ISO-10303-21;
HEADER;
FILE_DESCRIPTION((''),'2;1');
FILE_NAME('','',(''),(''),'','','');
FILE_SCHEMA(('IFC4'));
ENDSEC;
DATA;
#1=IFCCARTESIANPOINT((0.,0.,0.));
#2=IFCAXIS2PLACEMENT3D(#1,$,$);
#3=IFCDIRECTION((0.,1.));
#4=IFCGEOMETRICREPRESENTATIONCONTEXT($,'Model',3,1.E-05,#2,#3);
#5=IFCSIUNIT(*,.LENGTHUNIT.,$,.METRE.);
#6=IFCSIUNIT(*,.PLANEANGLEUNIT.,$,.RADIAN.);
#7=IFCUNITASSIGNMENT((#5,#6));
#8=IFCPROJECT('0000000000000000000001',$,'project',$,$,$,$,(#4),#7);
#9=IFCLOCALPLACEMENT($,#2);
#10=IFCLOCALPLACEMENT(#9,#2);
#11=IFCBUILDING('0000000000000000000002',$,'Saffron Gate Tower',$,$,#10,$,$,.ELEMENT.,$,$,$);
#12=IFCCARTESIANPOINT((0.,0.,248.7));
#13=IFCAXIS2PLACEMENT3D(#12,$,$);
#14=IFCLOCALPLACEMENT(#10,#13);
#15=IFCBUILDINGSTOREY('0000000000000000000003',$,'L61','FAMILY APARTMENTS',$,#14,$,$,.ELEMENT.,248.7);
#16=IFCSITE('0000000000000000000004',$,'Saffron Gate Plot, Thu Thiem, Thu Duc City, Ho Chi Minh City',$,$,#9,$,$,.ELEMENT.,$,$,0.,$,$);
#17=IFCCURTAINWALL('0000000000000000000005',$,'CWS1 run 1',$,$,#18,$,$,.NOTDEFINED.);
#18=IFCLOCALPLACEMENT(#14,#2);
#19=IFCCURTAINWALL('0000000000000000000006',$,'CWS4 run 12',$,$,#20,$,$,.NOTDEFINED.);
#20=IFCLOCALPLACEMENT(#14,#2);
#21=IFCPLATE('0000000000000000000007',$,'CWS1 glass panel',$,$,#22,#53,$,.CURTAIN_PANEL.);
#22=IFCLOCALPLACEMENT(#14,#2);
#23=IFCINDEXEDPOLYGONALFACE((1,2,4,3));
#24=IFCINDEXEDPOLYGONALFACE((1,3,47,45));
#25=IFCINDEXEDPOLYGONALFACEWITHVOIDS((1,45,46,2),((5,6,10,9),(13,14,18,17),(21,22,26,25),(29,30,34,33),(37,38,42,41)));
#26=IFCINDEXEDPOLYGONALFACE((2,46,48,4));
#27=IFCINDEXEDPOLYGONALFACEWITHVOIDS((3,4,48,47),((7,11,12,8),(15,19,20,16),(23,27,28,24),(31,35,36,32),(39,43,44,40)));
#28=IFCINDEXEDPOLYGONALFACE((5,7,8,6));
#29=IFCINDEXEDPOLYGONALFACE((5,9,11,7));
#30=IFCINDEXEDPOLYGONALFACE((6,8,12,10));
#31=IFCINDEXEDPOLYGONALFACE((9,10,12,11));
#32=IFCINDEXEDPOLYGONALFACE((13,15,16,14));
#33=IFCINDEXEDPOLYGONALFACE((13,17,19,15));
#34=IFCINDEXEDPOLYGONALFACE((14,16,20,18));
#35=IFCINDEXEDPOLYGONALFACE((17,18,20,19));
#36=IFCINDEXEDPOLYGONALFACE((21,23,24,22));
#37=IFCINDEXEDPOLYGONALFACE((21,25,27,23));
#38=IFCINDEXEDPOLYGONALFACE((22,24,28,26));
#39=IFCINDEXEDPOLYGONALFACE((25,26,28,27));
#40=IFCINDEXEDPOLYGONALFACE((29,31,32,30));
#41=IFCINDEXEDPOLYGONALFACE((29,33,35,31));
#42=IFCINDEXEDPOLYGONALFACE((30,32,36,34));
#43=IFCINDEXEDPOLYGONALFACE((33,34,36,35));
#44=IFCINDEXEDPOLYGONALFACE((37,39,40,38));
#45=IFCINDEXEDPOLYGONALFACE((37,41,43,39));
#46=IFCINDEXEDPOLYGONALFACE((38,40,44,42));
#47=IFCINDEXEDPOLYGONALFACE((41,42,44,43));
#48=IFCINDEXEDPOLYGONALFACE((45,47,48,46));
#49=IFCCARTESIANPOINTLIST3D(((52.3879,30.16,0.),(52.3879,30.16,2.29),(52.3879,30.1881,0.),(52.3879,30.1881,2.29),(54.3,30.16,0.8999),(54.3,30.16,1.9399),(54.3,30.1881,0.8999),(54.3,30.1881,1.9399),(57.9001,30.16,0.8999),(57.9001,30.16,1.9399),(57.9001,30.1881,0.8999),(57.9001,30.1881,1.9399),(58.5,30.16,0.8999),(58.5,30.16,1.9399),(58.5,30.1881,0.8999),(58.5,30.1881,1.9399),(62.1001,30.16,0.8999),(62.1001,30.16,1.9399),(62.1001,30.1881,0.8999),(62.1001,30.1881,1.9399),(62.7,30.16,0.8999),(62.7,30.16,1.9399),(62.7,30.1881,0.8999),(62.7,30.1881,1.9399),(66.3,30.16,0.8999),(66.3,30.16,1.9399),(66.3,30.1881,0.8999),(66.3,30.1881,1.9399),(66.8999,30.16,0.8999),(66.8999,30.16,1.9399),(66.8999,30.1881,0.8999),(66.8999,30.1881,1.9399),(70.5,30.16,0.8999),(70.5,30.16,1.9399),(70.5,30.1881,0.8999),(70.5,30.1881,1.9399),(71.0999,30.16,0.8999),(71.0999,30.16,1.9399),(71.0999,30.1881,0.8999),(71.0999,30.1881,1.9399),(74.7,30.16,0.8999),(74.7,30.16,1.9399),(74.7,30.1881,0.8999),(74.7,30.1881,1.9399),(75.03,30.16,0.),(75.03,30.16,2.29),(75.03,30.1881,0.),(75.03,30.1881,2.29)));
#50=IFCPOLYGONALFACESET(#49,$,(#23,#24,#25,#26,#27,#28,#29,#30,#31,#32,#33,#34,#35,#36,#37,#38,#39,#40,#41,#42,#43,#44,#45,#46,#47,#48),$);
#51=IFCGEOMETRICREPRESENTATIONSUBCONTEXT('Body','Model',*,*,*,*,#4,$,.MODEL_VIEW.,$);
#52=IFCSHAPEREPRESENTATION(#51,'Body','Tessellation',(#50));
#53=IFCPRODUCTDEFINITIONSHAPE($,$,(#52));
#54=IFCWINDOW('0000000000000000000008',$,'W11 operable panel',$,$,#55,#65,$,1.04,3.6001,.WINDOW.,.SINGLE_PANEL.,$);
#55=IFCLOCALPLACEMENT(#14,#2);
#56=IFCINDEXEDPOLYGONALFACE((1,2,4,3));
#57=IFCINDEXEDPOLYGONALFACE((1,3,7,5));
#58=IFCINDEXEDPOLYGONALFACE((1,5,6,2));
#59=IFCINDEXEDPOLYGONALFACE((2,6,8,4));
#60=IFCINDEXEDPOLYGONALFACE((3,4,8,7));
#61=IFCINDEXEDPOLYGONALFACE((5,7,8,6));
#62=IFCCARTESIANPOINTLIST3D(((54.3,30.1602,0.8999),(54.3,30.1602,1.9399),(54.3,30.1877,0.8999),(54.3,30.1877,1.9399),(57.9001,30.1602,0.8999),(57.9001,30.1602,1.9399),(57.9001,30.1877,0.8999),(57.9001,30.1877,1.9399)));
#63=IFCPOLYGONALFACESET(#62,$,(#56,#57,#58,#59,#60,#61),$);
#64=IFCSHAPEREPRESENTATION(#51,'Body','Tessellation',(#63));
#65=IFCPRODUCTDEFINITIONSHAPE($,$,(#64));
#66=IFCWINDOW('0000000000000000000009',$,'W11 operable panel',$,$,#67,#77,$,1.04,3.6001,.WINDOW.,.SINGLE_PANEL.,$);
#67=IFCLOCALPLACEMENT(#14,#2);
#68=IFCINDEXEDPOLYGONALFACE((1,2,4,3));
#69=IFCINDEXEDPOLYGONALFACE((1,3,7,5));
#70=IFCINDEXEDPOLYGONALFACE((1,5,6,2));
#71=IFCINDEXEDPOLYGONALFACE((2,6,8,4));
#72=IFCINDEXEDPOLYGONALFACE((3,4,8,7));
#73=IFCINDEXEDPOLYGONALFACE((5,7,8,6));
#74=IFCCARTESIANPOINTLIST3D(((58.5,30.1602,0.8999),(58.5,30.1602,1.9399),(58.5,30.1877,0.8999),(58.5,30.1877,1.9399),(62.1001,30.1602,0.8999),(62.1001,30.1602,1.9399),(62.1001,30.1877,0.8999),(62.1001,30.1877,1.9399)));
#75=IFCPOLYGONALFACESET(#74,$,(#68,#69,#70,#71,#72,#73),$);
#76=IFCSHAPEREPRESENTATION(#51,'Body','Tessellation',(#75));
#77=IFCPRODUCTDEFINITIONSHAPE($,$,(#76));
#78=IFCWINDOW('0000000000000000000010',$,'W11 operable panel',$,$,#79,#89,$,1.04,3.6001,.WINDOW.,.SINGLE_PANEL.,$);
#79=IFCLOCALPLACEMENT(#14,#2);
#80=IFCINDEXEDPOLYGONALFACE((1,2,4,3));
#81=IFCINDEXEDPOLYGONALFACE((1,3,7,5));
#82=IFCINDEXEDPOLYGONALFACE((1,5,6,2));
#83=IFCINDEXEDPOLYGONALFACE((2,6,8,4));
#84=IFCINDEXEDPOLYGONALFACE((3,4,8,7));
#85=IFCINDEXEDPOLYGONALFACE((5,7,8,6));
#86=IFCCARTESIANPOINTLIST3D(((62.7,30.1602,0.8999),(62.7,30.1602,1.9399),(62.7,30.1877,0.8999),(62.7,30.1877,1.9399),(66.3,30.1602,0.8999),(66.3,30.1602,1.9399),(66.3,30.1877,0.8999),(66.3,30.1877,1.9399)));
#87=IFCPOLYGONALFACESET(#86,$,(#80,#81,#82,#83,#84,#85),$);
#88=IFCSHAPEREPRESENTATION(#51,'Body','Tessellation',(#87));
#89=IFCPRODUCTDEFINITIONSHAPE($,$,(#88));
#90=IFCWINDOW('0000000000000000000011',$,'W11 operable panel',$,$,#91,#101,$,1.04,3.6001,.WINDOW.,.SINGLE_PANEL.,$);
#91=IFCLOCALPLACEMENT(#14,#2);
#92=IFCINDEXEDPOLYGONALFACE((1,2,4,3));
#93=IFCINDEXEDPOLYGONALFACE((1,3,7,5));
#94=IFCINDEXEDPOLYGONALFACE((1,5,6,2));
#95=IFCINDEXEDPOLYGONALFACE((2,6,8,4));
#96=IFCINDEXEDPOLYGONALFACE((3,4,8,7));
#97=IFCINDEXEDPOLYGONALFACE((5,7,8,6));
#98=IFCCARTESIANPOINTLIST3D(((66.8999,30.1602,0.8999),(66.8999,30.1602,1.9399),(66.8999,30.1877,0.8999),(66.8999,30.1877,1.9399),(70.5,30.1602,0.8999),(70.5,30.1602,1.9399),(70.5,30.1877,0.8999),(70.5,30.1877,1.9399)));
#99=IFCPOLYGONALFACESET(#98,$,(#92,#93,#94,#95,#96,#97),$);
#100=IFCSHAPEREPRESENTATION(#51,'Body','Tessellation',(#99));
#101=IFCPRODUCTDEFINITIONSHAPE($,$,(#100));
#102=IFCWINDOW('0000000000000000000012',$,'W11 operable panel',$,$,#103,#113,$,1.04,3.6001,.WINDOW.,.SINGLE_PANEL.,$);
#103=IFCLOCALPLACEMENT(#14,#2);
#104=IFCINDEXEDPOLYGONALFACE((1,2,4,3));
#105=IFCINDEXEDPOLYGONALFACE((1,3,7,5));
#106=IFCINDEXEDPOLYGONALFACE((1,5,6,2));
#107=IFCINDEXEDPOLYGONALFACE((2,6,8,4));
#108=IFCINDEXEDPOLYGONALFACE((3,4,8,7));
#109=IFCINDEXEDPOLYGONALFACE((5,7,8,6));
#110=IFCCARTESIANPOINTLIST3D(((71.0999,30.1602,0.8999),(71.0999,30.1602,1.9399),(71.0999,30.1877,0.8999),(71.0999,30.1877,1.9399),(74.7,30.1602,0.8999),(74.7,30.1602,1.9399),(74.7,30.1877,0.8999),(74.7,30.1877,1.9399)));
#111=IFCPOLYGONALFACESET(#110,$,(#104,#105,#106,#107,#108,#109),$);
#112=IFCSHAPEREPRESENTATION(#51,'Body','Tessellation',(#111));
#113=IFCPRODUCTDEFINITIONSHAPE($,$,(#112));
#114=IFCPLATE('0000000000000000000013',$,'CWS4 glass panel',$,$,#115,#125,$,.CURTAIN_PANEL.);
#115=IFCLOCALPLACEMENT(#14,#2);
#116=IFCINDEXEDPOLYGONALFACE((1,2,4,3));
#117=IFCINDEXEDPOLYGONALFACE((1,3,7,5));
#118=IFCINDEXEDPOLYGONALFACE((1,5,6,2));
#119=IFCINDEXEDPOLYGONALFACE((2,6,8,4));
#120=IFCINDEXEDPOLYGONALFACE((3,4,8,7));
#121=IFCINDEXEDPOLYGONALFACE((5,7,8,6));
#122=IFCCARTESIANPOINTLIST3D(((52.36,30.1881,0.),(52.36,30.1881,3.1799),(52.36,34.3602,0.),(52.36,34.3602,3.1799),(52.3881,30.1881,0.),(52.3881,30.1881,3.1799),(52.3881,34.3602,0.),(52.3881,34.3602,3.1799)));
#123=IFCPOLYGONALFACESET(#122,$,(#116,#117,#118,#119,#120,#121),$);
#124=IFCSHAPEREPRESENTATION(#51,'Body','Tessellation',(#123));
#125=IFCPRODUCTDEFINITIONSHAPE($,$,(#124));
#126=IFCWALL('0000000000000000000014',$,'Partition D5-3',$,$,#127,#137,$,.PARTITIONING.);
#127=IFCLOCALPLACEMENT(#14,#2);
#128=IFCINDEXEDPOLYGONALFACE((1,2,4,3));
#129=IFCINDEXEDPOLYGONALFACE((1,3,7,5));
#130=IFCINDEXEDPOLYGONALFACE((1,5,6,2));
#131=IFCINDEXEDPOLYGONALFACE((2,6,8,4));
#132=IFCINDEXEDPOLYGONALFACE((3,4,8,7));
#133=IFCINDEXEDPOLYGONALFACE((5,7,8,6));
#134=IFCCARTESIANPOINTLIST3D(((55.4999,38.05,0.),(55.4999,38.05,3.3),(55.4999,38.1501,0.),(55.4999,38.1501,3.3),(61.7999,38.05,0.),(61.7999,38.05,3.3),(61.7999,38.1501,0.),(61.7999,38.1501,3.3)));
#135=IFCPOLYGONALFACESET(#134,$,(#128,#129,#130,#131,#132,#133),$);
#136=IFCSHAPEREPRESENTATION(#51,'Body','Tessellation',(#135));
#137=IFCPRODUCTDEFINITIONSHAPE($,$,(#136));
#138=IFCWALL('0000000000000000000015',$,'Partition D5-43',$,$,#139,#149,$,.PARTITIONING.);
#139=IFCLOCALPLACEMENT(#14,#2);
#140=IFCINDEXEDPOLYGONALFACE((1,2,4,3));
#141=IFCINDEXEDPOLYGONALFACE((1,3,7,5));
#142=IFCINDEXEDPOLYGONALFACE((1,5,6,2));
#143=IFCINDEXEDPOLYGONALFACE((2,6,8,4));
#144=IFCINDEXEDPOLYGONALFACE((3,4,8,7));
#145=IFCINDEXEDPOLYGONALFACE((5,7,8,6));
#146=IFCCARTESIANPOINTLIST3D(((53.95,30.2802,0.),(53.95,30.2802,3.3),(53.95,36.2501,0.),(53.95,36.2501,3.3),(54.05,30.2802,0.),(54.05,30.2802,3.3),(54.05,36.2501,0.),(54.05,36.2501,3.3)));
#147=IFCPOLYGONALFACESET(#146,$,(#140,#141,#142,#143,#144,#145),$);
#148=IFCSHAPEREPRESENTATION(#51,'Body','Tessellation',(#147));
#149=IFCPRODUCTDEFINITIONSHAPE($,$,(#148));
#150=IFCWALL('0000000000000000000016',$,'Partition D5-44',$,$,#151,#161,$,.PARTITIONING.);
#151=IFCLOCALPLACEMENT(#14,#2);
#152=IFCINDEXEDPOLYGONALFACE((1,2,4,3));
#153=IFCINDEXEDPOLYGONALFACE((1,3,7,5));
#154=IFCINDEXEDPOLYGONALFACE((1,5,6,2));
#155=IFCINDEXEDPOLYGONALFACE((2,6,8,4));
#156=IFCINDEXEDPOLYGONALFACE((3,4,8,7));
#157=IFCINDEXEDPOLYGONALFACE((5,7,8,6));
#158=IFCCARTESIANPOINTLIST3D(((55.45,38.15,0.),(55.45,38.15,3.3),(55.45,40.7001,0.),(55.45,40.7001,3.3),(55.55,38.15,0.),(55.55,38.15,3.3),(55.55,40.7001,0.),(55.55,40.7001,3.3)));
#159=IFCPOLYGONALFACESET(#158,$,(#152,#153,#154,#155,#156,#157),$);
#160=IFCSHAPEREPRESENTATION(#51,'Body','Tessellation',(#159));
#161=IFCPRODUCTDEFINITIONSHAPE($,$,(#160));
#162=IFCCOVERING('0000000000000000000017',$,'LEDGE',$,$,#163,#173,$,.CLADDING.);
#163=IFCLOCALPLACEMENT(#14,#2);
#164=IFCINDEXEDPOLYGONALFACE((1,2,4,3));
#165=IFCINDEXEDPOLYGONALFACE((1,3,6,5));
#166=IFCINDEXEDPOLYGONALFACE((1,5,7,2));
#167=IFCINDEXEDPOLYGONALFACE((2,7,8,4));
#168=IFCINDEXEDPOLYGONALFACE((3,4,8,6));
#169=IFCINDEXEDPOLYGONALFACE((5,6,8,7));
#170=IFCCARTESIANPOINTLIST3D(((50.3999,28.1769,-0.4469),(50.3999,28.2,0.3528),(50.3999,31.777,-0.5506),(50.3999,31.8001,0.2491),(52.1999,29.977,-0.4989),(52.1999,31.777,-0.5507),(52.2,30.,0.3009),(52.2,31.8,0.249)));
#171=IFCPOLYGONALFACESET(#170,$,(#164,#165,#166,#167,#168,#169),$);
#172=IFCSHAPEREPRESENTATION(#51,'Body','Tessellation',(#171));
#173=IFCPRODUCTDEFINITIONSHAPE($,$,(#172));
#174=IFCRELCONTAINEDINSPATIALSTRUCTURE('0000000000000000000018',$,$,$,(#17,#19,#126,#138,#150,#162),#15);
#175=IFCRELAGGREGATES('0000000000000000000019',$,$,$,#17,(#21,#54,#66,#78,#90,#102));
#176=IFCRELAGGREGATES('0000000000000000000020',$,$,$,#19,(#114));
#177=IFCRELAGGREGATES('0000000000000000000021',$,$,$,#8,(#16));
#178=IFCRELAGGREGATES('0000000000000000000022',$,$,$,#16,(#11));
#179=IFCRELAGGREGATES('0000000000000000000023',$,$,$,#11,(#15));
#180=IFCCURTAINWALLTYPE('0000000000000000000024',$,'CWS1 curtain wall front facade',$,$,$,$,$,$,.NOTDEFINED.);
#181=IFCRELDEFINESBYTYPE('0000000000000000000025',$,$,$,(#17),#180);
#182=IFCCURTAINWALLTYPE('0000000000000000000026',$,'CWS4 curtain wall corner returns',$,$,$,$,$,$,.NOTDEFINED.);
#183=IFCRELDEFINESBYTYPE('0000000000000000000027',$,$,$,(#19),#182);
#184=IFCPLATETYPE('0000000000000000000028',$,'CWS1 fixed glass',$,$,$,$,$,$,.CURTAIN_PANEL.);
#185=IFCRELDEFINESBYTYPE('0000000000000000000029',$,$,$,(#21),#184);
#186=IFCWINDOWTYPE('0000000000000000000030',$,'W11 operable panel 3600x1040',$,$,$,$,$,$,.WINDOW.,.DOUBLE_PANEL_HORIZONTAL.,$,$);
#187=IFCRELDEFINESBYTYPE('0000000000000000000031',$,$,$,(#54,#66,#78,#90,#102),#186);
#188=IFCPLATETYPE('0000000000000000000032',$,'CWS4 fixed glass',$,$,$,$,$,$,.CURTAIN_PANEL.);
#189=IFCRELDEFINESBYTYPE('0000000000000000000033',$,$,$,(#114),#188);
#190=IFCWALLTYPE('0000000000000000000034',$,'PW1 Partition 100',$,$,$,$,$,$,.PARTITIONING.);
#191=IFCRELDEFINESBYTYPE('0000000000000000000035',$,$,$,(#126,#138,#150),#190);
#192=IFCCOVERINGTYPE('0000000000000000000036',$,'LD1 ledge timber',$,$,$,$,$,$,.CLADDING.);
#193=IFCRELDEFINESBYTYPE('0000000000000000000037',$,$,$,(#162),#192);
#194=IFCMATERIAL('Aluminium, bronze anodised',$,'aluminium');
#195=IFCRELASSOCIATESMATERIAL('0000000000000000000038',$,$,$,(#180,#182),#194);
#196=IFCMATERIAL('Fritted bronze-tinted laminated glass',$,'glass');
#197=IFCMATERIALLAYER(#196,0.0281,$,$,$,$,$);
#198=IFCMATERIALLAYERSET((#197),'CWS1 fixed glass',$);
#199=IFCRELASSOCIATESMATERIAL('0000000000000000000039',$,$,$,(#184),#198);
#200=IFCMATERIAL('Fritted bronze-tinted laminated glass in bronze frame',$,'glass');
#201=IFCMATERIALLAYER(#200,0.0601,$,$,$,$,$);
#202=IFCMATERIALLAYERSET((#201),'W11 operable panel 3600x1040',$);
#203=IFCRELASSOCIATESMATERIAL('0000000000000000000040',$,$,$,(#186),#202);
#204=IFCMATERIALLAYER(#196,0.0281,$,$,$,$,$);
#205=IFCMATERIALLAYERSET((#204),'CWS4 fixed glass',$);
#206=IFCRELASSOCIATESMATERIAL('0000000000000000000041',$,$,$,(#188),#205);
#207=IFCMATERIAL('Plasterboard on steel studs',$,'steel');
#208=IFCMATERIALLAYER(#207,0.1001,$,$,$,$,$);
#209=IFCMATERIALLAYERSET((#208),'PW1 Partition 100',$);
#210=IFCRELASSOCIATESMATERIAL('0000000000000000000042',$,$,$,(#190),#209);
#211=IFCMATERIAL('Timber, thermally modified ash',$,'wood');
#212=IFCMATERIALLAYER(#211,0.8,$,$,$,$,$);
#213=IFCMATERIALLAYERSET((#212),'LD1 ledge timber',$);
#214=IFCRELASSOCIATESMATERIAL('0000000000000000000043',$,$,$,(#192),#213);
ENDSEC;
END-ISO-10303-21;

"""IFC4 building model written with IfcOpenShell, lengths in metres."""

from ifc_helpers import new_model, si_unit, direction, frame, frame_2d, origin, place, context, subcontext, project, spatial, polyline, rectangle, outline, extrude, material, layer, layer_set, type_object, element, fill, aggregate, save


model = new_model("IFC4")

# Units and contexts
model_context = context("Model", 3, precision=1e-05, world=origin(), true_north=direction((0.0, 1.0)))
body_context = subcontext(model_context, "Body", "Model", "MODEL_VIEW")
ifc_project = project(units=[si_unit("LENGTHUNIT", "METRE"), si_unit("PLANEANGLEUNIT", "RADIAN")], contexts=[model_context])

# Site, building, storey
site_placement = place(None, origin())
site = spatial("IfcSite", under=ifc_project, at=site_placement, Name="Saffron Gate Plot, Thu Thiem, Thu Duc City, Ho Chi Minh City", CompositionType="ELEMENT", RefElevation=0.0)
building_placement = place(site_placement, origin())
building = spatial("IfcBuilding", under=site, at=building_placement, Name="Saffron Gate Tower", CompositionType="ELEMENT")
storey_placement = place(building_placement, frame((0.0, 0.0, 248.7)))
storey = spatial("IfcBuildingStorey", under=building, at=storey_placement, Name="L61", Description="FAMILY APARTMENTS", CompositionType="ELEMENT", Elevation=248.7)

# Curtain walls
ifc_material_1 = material(Name="Aluminium, bronze anodised", Category="aluminium")
curtain_wall_type_1 = type_object("IfcCurtainWallType", Name="CWS1 curtain wall front facade", PredefinedType="NOTDEFINED", material=ifc_material_1)
curtain_wall_1_placement = place(storey_placement, origin())
curtain_wall_1 = element("IfcCurtainWall", 1, at=curtain_wall_1_placement, inside=storey, type_object=curtain_wall_type_1, Name="CWS1 run 1", PredefinedType="NOTDEFINED")
curtain_wall_type_2 = type_object("IfcCurtainWallType", Name="CWS4 curtain wall corner returns", PredefinedType="NOTDEFINED", material=ifc_material_1)
curtain_wall_2_placement = place(storey_placement, origin())
curtain_wall_2 = element("IfcCurtainWall", 2, at=curtain_wall_2_placement, inside=storey, type_object=curtain_wall_type_2, Name="CWS4 run 12", PredefinedType="NOTDEFINED")

# Plate, openings, windows
ifc_material_2 = material(Name="Fritted bronze-tinted laminated glass", Category="glass")
ifc_layer_1 = layer(ifc_material_2, 0.0281)
ifc_layer_set_1 = layer_set([ifc_layer_1], Name="CWS1 fixed glass")
plate_type_1 = type_object("IfcPlateType", Name="CWS1 fixed glass", PredefinedType="CURTAIN_PANEL", material=ifc_layer_set_1)
plate_1_placement = place(storey_placement, frame((52.3879, 30.1741, 0.0), z_axis=(0.0, 0.0, 1.0), x_axis=(1.0, 0.0, 0.0)))
plate_1 = element("IfcPlate", 3, at=plate_1_placement, type_object=plate_type_1, Name="CWS1 glass panel", PredefinedType="CURTAIN_PANEL", context=body_context, shape_type="SweptSolid", body=[
    extrude(rectangle(XDim=22.6421, YDim=0.0281, at=frame_2d((11.321, 0.0))), origin(), (0.0, 0.0, 1.0), 2.29),
])
opening_1_placement = place(plate_1_placement, frame((1.9121, 0.0, 0.8999)))
opening_1 = element("IfcOpeningElement", 4, at=opening_1_placement, cuts=plate_1, PredefinedType="OPENING", context=body_context, shape_type="SweptSolid", body=[
    extrude(rectangle(XDim=3.6001, YDim=1.04, at=frame_2d((1.8, 0.52))), frame((0.0, 0.0239, 0.0), z_axis=(0.0, -1.0, 0.0), x_axis=(1.0, 0.0, 0.0)), (0.0, 0.0, 1.0), 0.0481),
])
opening_2_placement = place(plate_1_placement, frame((6.1121, 0.0, 0.8999)))
opening_2 = element("IfcOpeningElement", 5, at=opening_2_placement, cuts=plate_1, PredefinedType="OPENING", context=body_context, shape_type="SweptSolid", body=[
    extrude(rectangle(XDim=3.6001, YDim=1.04, at=frame_2d((1.8, 0.52))), frame((0.0, 0.0239, 0.0), z_axis=(0.0, -1.0, 0.0), x_axis=(1.0, 0.0, 0.0)), (0.0, 0.0, 1.0), 0.0481),
])
opening_3_placement = place(plate_1_placement, frame((10.312, 0.0, 0.8999)))
opening_3 = element("IfcOpeningElement", 6, at=opening_3_placement, cuts=plate_1, PredefinedType="OPENING", context=body_context, shape_type="SweptSolid", body=[
    extrude(rectangle(XDim=3.6001, YDim=1.04, at=frame_2d((1.8, 0.52))), frame((0.0, 0.0239, 0.0), z_axis=(0.0, -1.0, 0.0), x_axis=(1.0, 0.0, 0.0)), (0.0, 0.0, 1.0), 0.0481),
])
opening_4_placement = place(plate_1_placement, frame((14.512, 0.0, 0.8999)))
opening_4 = element("IfcOpeningElement", 7, at=opening_4_placement, cuts=plate_1, PredefinedType="OPENING", context=body_context, shape_type="SweptSolid", body=[
    extrude(rectangle(XDim=3.6001, YDim=1.04, at=frame_2d((1.8, 0.52))), frame((0.0, 0.0239, 0.0), z_axis=(0.0, -1.0, 0.0), x_axis=(1.0, 0.0, 0.0)), (0.0, 0.0, 1.0), 0.0481),
])
opening_5_placement = place(plate_1_placement, frame((18.7119, 0.0, 0.8999)))
opening_5 = element("IfcOpeningElement", 8, at=opening_5_placement, cuts=plate_1, PredefinedType="OPENING", context=body_context, shape_type="SweptSolid", body=[
    extrude(rectangle(XDim=3.6001, YDim=1.04, at=frame_2d((1.8, 0.52))), frame((0.0, 0.0239, 0.0), z_axis=(0.0, -1.0, 0.0), x_axis=(1.0, 0.0, 0.0)), (0.0, 0.0, 1.0), 0.0481),
])
ifc_material_3 = material(Name="Fritted bronze-tinted laminated glass in bronze frame", Category="glass")
ifc_layer_2 = layer(ifc_material_3, 0.0601)
ifc_layer_set_2 = layer_set([ifc_layer_2], Name="W11 operable panel 3600x1040")
window_type = type_object("IfcWindowType", Name="W11 operable panel 3600x1040", PartitioningType="DOUBLE_PANEL_HORIZONTAL", PredefinedType="WINDOW", material=ifc_layer_set_2)
window_1_placement = place(opening_1_placement, origin())
window_1 = element("IfcWindow", 9, at=window_1_placement, type_object=window_type, Name="W11 operable panel", OverallHeight=1.04, OverallWidth=3.6001, PartitioningType="SINGLE_PANEL", PredefinedType="WINDOW", context=body_context, shape_type="SweptSolid", body=[
    extrude(rectangle(XDim=3.6001, YDim=1.04, at=frame_2d((1.8, 0.52))), frame((0.0, 0.0137, 0.0), z_axis=(0.0, -1.0, 0.0), x_axis=(1.0, 0.0, 0.0)), (0.0, 0.0, 1.0), 0.0276),
])
fill(opening_1, window_1)
window_2_placement = place(opening_2_placement, origin())
window_2 = element("IfcWindow", 10, at=window_2_placement, type_object=window_type, Name="W11 operable panel", OverallHeight=1.04, OverallWidth=3.6001, PartitioningType="SINGLE_PANEL", PredefinedType="WINDOW", context=body_context, shape_type="SweptSolid", body=[
    extrude(rectangle(XDim=3.6001, YDim=1.04, at=frame_2d((1.8, 0.52))), frame((0.0, 0.0137, 0.0), z_axis=(0.0, -1.0, 0.0), x_axis=(1.0, 0.0, 0.0)), (0.0, 0.0, 1.0), 0.0276),
])
fill(opening_2, window_2)
window_3_placement = place(opening_3_placement, origin())
window_3 = element("IfcWindow", 11, at=window_3_placement, type_object=window_type, Name="W11 operable panel", OverallHeight=1.04, OverallWidth=3.6001, PartitioningType="SINGLE_PANEL", PredefinedType="WINDOW", context=body_context, shape_type="SweptSolid", body=[
    extrude(rectangle(XDim=3.6001, YDim=1.04, at=frame_2d((1.8, 0.52))), frame((0.0, 0.0137, 0.0), z_axis=(0.0, -1.0, 0.0), x_axis=(1.0, 0.0, 0.0)), (0.0, 0.0, 1.0), 0.0276),
])
fill(opening_3, window_3)
window_4_placement = place(opening_4_placement, origin())
window_4 = element("IfcWindow", 12, at=window_4_placement, type_object=window_type, Name="W11 operable panel", OverallHeight=1.04, OverallWidth=3.6001, PartitioningType="SINGLE_PANEL", PredefinedType="WINDOW", context=body_context, shape_type="SweptSolid", body=[
    extrude(rectangle(XDim=3.6001, YDim=1.04, at=frame_2d((1.8, 0.52))), frame((0.0, 0.0137, 0.0), z_axis=(0.0, -1.0, 0.0), x_axis=(1.0, 0.0, 0.0)), (0.0, 0.0, 1.0), 0.0276),
])
fill(opening_4, window_4)
window_5_placement = place(opening_5_placement, origin())
window_5 = element("IfcWindow", 13, at=window_5_placement, type_object=window_type, Name="W11 operable panel", OverallHeight=1.04, OverallWidth=3.6001, PartitioningType="SINGLE_PANEL", PredefinedType="WINDOW", context=body_context, shape_type="SweptSolid", body=[
    extrude(rectangle(XDim=3.6001, YDim=1.04, at=frame_2d((1.8, 0.52))), frame((0.0, 0.0137, 0.0), z_axis=(0.0, -1.0, 0.0), x_axis=(1.0, 0.0, 0.0)), (0.0, 0.0, 1.0), 0.0276),
])
fill(opening_5, window_5)
aggregate(curtain_wall_1, [plate_1, window_1, window_2, window_3, window_4, window_5])

# Plate
ifc_layer_3 = layer(ifc_material_2, 0.0281)
ifc_layer_set_3 = layer_set([ifc_layer_3], Name="CWS4 fixed glass")
plate_type_2 = type_object("IfcPlateType", Name="CWS4 fixed glass", PredefinedType="CURTAIN_PANEL", material=ifc_layer_set_3)
plate_2_placement = place(storey_placement, frame((52.374, 34.3601, 0.0), z_axis=(0.0, 0.0, 1.0), x_axis=(0.0, -1.0, 0.0)))
plate_2 = element("IfcPlate", 14, at=plate_2_placement, type_object=plate_type_2, Name="CWS4 glass panel", PredefinedType="CURTAIN_PANEL", context=body_context, shape_type="SweptSolid", body=[
    extrude(rectangle(XDim=4.1721, YDim=0.0281, at=frame_2d((2.0859, 0.0))), origin(), (0.0, 0.0, 1.0), 3.1799),
])
aggregate(curtain_wall_2, [plate_2])

# Walls
ifc_material_4 = material(Name="Plasterboard on steel studs", Category="steel")
ifc_layer_4 = layer(ifc_material_4, 0.1001)
ifc_layer_set_4 = layer_set([ifc_layer_4], Name="PW1 Partition 100")
wall_type = type_object("IfcWallType", Name="PW1 Partition 100", PredefinedType="PARTITIONING", material=ifc_layer_set_4)
wall_1_placement = place(storey_placement, frame((55.5, 38.1001, 0.0), z_axis=(0.0, 0.0, 1.0), x_axis=(1.0, 0.0, 0.0)))
element("IfcWall", 15, at=wall_1_placement, inside=storey, type_object=wall_type, Name="Partition D5-3", PredefinedType="PARTITIONING", context=body_context, shape_type="SweptSolid", body=[
    extrude(rectangle(XDim=6.3, YDim=0.1001, at=frame_2d((3.1499, 0.0))), origin(), (0.0, 0.0, 1.0), 3.3),
])
wall_2_placement = place(storey_placement, frame((54.0, 36.25, 0.0), z_axis=(0.0, 0.0, 1.0), x_axis=(0.0, -1.0, 0.0)))
element("IfcWall", 16, at=wall_2_placement, inside=storey, type_object=wall_type, Name="Partition D5-43", PredefinedType="PARTITIONING", context=body_context, shape_type="SweptSolid", body=[
    extrude(rectangle(XDim=5.97, YDim=0.1001, at=frame_2d((2.9849, 0.0))), origin(), (0.0, 0.0, 1.0), 3.3),
])
wall_3_placement = place(storey_placement, frame((55.5, 40.7, 0.0), z_axis=(0.0, 0.0, 1.0), x_axis=(0.0, -1.0, 0.0)))
element("IfcWall", 17, at=wall_3_placement, inside=storey, type_object=wall_type, Name="Partition D5-44", PredefinedType="PARTITIONING", context=body_context, shape_type="SweptSolid", body=[
    extrude(rectangle(XDim=2.55, YDim=0.1001, at=frame_2d((1.2749, 0.0))), origin(), (0.0, 0.0, 1.0), 3.3),
])

# Covering
ifc_material_5 = material(Name="Timber, thermally modified ash", Category="wood")
ifc_layer_5 = layer(ifc_material_5, 0.8)
ifc_layer_set_5 = layer_set([ifc_layer_5], Name="LD1 ledge timber")
covering_type_1 = type_object("IfcCoveringType", Name="LD1 ledge timber", PredefinedType="CLADDING", material=ifc_layer_set_5)
covering_1_placement = place(storey_placement, frame((52.2, 31.8, 0.249), z_axis=(0.000045, 0.028787, 0.999586), x_axis=(0.0, -0.999586, 0.028787)))
element("IfcCovering", 18, at=covering_1_placement, inside=storey, type_object=covering_type_1, Name="LEDGE", PredefinedType="CLADDING", context=body_context, shape_type="SweptSolid", body=[
    extrude(outline(polyline([(0.0, 0.0), (1.8008, 0.0), (3.6016, -1.8), (0.0, -1.8), (0.0, 0.0)])), origin(), (0.0, 0.0, -1.0), 0.8),
])

save(model, "model.ifc")
